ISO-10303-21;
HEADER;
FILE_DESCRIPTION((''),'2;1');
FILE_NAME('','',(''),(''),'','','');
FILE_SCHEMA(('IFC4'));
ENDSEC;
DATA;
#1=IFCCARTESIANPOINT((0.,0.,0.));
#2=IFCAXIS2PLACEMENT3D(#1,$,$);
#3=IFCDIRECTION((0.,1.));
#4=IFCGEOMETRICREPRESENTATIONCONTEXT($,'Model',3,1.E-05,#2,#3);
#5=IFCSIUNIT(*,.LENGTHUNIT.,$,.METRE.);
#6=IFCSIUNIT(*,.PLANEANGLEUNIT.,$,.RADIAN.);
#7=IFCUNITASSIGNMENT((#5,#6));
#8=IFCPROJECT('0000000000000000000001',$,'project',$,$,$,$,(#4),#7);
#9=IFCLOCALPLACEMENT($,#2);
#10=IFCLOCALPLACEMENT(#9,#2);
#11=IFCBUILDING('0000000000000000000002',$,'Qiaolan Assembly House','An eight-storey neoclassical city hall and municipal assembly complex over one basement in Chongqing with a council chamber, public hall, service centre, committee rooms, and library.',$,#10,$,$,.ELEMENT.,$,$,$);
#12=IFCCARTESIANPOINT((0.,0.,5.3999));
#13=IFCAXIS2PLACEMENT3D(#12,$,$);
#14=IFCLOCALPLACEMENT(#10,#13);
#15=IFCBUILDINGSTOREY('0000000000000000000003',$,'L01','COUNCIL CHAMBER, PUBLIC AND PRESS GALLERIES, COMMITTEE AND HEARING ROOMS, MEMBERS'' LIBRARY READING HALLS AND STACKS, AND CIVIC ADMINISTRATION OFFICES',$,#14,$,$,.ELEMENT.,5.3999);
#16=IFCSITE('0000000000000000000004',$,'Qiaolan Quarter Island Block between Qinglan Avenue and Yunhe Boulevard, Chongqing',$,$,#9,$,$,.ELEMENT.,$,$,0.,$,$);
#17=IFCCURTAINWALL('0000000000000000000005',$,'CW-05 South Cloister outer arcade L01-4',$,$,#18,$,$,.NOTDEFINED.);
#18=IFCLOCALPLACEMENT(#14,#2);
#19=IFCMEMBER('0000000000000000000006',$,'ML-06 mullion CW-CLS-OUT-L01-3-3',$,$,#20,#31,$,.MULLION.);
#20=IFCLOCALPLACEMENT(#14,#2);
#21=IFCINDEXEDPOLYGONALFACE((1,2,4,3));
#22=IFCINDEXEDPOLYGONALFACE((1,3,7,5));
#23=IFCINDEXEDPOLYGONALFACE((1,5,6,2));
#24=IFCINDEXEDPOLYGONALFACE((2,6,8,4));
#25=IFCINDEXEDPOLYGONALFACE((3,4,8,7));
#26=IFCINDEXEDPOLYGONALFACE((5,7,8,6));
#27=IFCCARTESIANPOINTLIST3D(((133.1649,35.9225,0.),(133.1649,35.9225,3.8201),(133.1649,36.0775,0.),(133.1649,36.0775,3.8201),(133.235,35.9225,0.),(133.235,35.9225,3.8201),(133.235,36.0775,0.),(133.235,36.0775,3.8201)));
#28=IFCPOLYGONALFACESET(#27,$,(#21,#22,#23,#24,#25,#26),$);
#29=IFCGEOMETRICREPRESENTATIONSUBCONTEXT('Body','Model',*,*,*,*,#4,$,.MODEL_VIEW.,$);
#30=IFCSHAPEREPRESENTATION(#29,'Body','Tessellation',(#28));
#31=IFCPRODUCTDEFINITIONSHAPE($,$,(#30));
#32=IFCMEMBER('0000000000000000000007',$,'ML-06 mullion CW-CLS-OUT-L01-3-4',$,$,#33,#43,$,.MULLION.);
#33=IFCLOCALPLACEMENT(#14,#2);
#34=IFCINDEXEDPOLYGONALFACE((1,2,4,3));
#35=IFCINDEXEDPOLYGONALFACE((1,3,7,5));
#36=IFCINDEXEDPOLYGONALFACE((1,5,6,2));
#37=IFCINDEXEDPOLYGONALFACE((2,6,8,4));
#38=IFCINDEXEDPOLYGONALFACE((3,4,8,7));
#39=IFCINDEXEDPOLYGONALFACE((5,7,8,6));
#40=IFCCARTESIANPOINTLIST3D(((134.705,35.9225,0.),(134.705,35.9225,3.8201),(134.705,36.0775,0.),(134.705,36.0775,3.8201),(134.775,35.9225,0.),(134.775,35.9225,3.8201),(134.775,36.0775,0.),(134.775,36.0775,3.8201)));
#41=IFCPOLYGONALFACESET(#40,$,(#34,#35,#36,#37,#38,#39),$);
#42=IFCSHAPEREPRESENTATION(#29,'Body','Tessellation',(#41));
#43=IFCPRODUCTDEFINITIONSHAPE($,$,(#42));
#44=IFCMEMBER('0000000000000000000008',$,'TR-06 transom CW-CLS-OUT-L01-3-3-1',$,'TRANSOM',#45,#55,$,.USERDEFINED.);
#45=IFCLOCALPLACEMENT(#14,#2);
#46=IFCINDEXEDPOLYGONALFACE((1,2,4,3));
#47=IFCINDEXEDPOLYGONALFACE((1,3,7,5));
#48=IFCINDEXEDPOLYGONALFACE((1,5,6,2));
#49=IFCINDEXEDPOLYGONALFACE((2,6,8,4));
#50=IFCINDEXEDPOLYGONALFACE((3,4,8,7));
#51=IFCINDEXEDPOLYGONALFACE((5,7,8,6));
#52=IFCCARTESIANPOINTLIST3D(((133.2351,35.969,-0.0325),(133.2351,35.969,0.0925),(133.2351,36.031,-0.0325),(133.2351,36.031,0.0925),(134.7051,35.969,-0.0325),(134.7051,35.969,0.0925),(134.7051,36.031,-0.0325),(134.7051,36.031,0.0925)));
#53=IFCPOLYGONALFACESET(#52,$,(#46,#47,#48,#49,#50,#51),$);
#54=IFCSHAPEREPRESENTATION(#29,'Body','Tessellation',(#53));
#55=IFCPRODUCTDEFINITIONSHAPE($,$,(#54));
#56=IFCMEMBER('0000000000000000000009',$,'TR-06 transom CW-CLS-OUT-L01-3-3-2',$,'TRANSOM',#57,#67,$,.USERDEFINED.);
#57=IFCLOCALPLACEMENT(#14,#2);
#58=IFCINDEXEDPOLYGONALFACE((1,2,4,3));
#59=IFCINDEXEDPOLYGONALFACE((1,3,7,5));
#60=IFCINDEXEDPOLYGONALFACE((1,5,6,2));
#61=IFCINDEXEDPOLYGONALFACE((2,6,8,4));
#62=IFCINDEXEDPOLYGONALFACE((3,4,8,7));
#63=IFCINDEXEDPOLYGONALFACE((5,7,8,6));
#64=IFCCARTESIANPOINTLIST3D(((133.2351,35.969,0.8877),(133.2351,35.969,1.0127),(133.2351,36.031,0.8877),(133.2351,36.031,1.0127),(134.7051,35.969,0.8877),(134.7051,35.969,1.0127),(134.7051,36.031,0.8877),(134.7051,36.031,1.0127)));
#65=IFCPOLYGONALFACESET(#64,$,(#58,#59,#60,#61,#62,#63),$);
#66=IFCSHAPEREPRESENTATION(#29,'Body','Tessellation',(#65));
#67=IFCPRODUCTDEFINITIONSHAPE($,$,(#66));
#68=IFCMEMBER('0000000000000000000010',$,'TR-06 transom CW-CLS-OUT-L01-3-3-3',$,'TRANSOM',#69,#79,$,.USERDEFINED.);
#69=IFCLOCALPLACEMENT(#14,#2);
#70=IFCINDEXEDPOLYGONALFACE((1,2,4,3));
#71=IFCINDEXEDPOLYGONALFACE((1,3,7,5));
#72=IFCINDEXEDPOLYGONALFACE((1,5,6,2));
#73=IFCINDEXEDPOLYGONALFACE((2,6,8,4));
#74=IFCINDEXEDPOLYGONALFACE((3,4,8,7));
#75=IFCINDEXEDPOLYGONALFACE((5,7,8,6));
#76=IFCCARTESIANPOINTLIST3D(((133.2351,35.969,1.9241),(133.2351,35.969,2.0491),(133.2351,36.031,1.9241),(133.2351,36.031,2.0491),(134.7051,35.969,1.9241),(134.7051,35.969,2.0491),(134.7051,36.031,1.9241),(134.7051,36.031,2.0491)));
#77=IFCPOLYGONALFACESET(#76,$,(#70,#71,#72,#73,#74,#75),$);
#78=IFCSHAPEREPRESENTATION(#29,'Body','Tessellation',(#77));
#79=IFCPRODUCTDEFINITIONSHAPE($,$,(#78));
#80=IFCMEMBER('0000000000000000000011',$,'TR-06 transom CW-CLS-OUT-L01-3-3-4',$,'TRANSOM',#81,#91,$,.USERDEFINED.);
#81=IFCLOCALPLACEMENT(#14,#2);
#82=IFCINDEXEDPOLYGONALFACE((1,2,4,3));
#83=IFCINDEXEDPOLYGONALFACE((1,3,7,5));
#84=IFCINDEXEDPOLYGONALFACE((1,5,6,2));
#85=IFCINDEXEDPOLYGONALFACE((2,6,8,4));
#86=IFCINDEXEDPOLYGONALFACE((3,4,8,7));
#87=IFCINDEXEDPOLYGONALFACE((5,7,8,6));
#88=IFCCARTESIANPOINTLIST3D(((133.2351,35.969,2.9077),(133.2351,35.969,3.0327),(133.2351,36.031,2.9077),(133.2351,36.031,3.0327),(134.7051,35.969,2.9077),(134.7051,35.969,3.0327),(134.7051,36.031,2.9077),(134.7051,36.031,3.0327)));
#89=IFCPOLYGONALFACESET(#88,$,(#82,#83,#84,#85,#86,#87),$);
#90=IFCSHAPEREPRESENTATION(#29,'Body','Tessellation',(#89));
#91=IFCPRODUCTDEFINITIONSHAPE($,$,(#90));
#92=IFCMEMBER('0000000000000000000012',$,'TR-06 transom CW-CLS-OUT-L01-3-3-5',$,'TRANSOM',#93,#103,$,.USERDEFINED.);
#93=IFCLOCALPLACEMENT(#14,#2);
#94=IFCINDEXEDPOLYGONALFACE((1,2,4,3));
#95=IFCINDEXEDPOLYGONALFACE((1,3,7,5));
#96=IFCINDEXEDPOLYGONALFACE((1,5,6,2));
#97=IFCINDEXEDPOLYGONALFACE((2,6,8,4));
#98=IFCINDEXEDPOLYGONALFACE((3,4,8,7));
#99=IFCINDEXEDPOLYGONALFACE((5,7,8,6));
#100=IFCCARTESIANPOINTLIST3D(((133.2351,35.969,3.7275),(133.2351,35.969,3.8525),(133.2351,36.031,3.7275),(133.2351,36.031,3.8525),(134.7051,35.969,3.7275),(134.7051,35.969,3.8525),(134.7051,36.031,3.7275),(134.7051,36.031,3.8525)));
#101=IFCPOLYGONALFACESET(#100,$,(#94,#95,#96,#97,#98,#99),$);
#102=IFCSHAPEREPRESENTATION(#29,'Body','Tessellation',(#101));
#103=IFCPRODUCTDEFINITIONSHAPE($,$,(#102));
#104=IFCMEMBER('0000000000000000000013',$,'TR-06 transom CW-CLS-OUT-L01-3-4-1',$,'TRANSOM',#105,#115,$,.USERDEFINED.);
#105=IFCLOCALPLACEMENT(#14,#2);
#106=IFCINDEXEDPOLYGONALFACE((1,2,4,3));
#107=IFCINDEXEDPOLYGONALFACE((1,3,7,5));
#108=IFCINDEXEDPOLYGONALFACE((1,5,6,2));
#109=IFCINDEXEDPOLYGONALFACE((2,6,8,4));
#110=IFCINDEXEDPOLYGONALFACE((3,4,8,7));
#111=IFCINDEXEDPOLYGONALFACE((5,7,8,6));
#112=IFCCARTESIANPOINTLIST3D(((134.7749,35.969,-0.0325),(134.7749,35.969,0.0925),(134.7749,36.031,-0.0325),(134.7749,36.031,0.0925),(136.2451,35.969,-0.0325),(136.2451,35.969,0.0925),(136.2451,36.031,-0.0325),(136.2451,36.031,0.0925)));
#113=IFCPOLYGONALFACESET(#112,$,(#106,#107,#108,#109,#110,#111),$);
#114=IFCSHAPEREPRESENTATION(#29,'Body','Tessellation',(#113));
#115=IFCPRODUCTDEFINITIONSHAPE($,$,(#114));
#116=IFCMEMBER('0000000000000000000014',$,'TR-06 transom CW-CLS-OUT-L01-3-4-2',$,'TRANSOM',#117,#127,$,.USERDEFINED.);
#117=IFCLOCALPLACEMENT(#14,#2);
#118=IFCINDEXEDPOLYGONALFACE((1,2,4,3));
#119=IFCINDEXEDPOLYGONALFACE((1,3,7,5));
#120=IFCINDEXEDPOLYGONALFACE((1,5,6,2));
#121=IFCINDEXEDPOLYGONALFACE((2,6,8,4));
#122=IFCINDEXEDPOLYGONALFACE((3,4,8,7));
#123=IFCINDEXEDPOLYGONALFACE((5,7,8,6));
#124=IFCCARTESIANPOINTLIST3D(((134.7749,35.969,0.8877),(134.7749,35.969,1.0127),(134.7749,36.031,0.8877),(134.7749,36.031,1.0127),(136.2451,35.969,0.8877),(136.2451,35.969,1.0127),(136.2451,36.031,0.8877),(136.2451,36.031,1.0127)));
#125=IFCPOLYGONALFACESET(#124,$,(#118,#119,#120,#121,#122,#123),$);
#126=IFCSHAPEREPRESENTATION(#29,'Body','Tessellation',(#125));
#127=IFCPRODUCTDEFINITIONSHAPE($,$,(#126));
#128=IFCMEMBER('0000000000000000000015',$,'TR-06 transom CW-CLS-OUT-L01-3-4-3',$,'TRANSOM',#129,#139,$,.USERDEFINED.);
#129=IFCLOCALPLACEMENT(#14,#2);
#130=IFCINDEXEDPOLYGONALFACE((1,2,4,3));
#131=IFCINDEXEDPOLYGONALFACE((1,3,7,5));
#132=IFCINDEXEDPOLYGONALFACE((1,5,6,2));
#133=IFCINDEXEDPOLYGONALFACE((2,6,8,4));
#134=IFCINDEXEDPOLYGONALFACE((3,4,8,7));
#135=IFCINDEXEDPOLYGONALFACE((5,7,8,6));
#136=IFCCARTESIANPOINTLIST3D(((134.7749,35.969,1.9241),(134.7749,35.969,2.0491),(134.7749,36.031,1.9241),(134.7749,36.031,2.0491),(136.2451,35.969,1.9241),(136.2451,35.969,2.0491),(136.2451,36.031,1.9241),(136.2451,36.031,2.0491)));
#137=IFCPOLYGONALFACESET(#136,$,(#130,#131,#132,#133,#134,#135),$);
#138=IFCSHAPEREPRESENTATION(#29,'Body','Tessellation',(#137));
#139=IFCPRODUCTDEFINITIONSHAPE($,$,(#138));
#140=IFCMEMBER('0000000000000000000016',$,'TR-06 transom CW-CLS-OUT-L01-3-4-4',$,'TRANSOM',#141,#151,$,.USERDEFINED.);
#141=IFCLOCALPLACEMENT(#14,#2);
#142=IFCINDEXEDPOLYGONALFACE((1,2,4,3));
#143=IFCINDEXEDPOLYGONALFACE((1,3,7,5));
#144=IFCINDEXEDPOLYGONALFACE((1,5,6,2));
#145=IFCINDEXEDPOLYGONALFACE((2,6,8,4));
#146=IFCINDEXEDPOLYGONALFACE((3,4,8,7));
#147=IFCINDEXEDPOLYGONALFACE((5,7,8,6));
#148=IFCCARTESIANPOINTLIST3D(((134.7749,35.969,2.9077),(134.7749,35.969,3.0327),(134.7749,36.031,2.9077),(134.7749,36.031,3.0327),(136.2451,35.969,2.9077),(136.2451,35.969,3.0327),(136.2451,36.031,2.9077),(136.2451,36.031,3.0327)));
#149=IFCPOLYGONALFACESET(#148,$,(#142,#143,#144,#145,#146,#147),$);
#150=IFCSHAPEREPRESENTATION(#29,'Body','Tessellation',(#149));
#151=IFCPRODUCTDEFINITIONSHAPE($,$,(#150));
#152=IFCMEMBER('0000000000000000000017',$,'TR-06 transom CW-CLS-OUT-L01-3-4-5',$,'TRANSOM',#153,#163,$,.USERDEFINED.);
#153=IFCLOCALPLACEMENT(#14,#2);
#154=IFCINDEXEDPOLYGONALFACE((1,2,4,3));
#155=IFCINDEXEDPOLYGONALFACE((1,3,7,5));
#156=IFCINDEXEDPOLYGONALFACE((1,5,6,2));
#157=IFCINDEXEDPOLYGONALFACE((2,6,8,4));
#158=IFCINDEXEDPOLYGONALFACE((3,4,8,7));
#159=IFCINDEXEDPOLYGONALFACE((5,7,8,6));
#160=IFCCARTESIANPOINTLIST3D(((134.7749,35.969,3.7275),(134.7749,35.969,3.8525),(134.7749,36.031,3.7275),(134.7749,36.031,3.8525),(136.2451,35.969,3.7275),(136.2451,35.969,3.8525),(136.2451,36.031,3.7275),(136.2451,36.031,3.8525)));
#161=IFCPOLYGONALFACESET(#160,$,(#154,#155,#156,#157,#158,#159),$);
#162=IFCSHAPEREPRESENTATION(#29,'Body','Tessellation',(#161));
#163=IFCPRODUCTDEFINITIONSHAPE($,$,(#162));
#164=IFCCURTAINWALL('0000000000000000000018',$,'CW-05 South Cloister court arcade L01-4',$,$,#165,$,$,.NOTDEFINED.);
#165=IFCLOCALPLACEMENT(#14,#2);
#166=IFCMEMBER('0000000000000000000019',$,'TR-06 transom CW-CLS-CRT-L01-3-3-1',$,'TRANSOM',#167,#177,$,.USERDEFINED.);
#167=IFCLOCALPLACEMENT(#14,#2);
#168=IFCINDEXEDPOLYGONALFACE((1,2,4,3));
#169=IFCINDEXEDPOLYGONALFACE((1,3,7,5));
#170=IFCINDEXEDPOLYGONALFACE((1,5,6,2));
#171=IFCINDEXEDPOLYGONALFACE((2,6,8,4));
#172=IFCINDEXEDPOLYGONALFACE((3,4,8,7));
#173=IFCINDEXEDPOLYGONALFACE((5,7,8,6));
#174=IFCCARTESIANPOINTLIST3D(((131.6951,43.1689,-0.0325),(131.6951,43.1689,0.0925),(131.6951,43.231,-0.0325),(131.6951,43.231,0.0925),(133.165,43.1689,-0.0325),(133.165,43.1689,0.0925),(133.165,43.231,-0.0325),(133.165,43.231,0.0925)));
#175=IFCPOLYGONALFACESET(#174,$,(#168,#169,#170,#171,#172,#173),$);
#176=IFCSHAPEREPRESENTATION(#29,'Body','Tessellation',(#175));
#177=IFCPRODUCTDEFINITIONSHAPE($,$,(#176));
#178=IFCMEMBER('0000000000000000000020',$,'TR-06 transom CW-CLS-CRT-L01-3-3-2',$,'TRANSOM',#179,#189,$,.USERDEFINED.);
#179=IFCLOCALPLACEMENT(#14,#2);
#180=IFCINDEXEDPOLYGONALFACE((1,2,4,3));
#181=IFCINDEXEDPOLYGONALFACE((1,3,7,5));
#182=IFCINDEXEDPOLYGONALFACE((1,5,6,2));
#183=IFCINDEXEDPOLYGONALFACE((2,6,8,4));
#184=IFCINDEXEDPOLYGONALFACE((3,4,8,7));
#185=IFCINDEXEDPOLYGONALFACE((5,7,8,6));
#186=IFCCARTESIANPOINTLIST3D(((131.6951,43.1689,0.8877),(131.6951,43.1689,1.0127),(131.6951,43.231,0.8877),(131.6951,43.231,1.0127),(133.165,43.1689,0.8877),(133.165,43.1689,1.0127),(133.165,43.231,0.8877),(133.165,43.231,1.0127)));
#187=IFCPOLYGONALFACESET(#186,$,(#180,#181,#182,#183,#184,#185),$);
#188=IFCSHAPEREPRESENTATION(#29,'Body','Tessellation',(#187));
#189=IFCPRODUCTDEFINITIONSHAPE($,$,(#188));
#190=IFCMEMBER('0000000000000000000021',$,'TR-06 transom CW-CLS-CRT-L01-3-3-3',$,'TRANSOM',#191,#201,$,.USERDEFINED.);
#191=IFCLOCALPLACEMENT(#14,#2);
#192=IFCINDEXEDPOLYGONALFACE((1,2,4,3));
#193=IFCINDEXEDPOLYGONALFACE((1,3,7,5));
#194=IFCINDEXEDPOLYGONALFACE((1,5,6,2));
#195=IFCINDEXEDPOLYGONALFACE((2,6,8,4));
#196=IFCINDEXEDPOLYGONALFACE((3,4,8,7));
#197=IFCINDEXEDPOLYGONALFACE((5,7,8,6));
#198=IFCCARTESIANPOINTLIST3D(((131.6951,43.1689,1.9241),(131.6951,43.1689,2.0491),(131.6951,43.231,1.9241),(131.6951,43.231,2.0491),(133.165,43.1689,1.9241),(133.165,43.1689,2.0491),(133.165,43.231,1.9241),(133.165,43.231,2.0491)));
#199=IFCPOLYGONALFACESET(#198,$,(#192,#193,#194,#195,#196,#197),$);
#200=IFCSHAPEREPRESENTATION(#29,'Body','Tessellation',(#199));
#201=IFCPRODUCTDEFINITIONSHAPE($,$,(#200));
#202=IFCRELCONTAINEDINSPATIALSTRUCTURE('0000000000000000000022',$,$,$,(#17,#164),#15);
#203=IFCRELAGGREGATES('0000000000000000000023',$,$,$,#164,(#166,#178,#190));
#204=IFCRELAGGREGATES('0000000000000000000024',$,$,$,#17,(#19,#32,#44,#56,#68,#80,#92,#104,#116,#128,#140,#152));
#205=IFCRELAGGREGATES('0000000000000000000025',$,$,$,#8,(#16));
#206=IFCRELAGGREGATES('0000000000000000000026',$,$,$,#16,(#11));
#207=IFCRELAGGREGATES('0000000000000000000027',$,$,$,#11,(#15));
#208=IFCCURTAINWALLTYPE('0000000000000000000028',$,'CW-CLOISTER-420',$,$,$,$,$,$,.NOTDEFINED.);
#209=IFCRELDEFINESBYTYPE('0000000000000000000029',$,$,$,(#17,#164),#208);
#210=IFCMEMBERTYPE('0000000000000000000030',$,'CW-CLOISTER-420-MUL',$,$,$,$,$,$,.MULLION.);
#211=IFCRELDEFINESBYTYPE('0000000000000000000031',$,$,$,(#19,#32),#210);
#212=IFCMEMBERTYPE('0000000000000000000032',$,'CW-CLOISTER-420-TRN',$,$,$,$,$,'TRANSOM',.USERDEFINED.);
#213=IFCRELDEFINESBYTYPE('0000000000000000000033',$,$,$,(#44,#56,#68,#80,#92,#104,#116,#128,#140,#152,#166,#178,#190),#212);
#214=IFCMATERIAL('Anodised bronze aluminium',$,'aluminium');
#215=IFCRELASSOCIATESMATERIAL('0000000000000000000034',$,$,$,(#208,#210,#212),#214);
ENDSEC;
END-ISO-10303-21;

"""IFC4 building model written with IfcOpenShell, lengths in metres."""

from ifc_helpers import new_model, si_unit, direction, frame, origin, origin_2d, place, context, subcontext, project, spatial, rectangle, extrude, material, material_profile, profile_set, type_object, element, aggregate, save


model = new_model("IFC4")

# Units and contexts
model_context = context("Model", 3, precision=1e-05, world=origin(), true_north=direction((0.0, 1.0)))
body_context = subcontext(model_context, "Body", "Model", "MODEL_VIEW")
ifc_project = project(units=[si_unit("LENGTHUNIT", "METRE"), si_unit("PLANEANGLEUNIT", "RADIAN")], contexts=[model_context])

# Site, building, storey
site_placement = place(None, origin())
site = spatial("IfcSite", under=ifc_project, at=site_placement, Name="Qiaolan Quarter Island Block between Qinglan Avenue and Yunhe Boulevard, Chongqing", CompositionType="ELEMENT", RefElevation=0.0)
building_placement = place(site_placement, origin())
building = spatial("IfcBuilding", under=site, at=building_placement, Name="Qiaolan Assembly House", Description="An eight-storey neoclassical city hall and municipal assembly complex over one basement in Chongqing with a council chamber, public hall, service centre, committee rooms, and library.", CompositionType="ELEMENT")
storey_placement = place(building_placement, frame((0.0, 0.0, 5.3999)))
storey = spatial("IfcBuildingStorey", under=building, at=storey_placement, Name="L01", Description="COUNCIL CHAMBER, PUBLIC AND PRESS GALLERIES, COMMITTEE AND HEARING ROOMS, MEMBERS' LIBRARY READING HALLS AND STACKS, AND CIVIC ADMINISTRATION OFFICES", CompositionType="ELEMENT", Elevation=5.3999)

# Curtain walls, members
ifc_material_1 = material(Name="Anodised bronze aluminium", Category="aluminium")
curtain_wall_type = type_object("IfcCurtainWallType", Name="CW-CLOISTER-420", PredefinedType="NOTDEFINED", material=ifc_material_1)
curtain_wall_1_placement = place(storey_placement, origin())
curtain_wall_1 = element("IfcCurtainWall", 1, at=curtain_wall_1_placement, inside=storey, type_object=curtain_wall_type, Name="CW-05 South Cloister outer arcade L01-4", PredefinedType="NOTDEFINED")
ifc_material_profile_1 = material_profile(ifc_material_1, rectangle(XDim=0.0701, YDim=0.155, at=origin_2d()), Name="MUL 70x155")
ifc_profile_set_1 = profile_set([ifc_material_profile_1], Name="Anodised bronze aluminium")
member_type_1 = type_object("IfcMemberType", Name="CW-CLOISTER-420-MUL", PredefinedType="MULLION", material=ifc_profile_set_1)
member_1_placement = place(storey_placement, frame((133.2, 36.0, 0.0), z_axis=(0.0, 0.0, 1.0), x_axis=(1.0, 0.0, 0.0)))
member_1 = element("IfcMember", 2, at=member_1_placement, type_object=member_type_1, Name="ML-06 mullion CW-CLS-OUT-L01-3-3", PredefinedType="MULLION", context=body_context, shape_type="SweptSolid", body=[
    extrude(rectangle(XDim=0.0701, YDim=0.155, at=origin_2d()), origin(), (0.0, 0.0, 1.0), 3.8201),
])
member_2_placement = place(storey_placement, frame((134.74, 36.0, 0.0), z_axis=(0.0, 0.0, 1.0), x_axis=(1.0, 0.0, 0.0)))
member_2 = element("IfcMember", 3, at=member_2_placement, type_object=member_type_1, Name="ML-06 mullion CW-CLS-OUT-L01-3-4", PredefinedType="MULLION", context=body_context, shape_type="SweptSolid", body=[
    extrude(rectangle(XDim=0.0701, YDim=0.155, at=origin_2d()), origin(), (0.0, 0.0, 1.0), 3.8201),
])
ifc_material_profile_2 = material_profile(ifc_material_1, rectangle(XDim=0.062, YDim=0.125, at=origin_2d()), Name="TRN 62x125")
ifc_profile_set_2 = profile_set([ifc_material_profile_2], Name="Anodised bronze aluminium")
member_type_2 = type_object("IfcMemberType", Name="CW-CLOISTER-420-TRN", ElementType="TRANSOM", PredefinedType="USERDEFINED", material=ifc_profile_set_2)
member_3_placement = place(storey_placement, frame((133.2351, 36.0, 0.03), z_axis=(1.0, 0.0, 0.0), x_axis=(0.0, 1.0, 0.0)))
member_3 = element("IfcMember", 4, at=member_3_placement, type_object=member_type_2, Name="TR-06 transom CW-CLS-OUT-L01-3-3-1", ObjectType="TRANSOM", PredefinedType="USERDEFINED", context=body_context, shape_type="SweptSolid", body=[
    extrude(rectangle(XDim=0.062, YDim=0.125, at=origin_2d()), origin(), (0.0, 0.0, 1.0), 1.47),
])
member_4_placement = place(storey_placement, frame((133.2351, 36.0, 0.9502), z_axis=(1.0, 0.0, 0.0), x_axis=(0.0, 1.0, 0.0)))
member_4 = element("IfcMember", 5, at=member_4_placement, type_object=member_type_2, Name="TR-06 transom CW-CLS-OUT-L01-3-3-2", ObjectType="TRANSOM", PredefinedType="USERDEFINED", context=body_context, shape_type="SweptSolid", body=[
    extrude(rectangle(XDim=0.062, YDim=0.125, at=origin_2d()), origin(), (0.0, 0.0, 1.0), 1.47),
])
member_5_placement = place(storey_placement, frame((133.2351, 36.0, 1.9866), z_axis=(1.0, 0.0, 0.0), x_axis=(0.0, 1.0, 0.0)))
member_5 = element("IfcMember", 6, at=member_5_placement, type_object=member_type_2, Name="TR-06 transom CW-CLS-OUT-L01-3-3-3", ObjectType="TRANSOM", PredefinedType="USERDEFINED", context=body_context, shape_type="SweptSolid", body=[
    extrude(rectangle(XDim=0.062, YDim=0.125, at=origin_2d()), origin(), (0.0, 0.0, 1.0), 1.47),
])
member_6_placement = place(storey_placement, frame((133.2351, 36.0, 2.9702), z_axis=(1.0, 0.0, 0.0), x_axis=(0.0, 1.0, 0.0)))
member_6 = element("IfcMember", 7, at=member_6_placement, type_object=member_type_2, Name="TR-06 transom CW-CLS-OUT-L01-3-3-4", ObjectType="TRANSOM", PredefinedType="USERDEFINED", context=body_context, shape_type="SweptSolid", body=[
    extrude(rectangle(XDim=0.062, YDim=0.125, at=origin_2d()), origin(), (0.0, 0.0, 1.0), 1.47),
])
member_7_placement = place(storey_placement, frame((133.2351, 36.0, 3.79), z_axis=(1.0, 0.0, 0.0), x_axis=(0.0, 1.0, 0.0)))
member_7 = element("IfcMember", 8, at=member_7_placement, type_object=member_type_2, Name="TR-06 transom CW-CLS-OUT-L01-3-3-5", ObjectType="TRANSOM", PredefinedType="USERDEFINED", context=body_context, shape_type="SweptSolid", body=[
    extrude(rectangle(XDim=0.062, YDim=0.125, at=origin_2d()), origin(), (0.0, 0.0, 1.0), 1.47),
])
member_8_placement = place(storey_placement, frame((134.7749, 36.0, 0.03), z_axis=(1.0, 0.0, 0.0), x_axis=(0.0, 1.0, 0.0)))
member_8 = element("IfcMember", 9, at=member_8_placement, type_object=member_type_2, Name="TR-06 transom CW-CLS-OUT-L01-3-4-1", ObjectType="TRANSOM", PredefinedType="USERDEFINED", context=body_context, shape_type="SweptSolid", body=[
    extrude(rectangle(XDim=0.062, YDim=0.125, at=origin_2d()), origin(), (0.0, 0.0, 1.0), 1.4702),
])
member_9_placement = place(storey_placement, frame((134.7749, 36.0, 0.9502), z_axis=(1.0, 0.0, 0.0), x_axis=(0.0, 1.0, 0.0)))
member_9 = element("IfcMember", 10, at=member_9_placement, type_object=member_type_2, Name="TR-06 transom CW-CLS-OUT-L01-3-4-2", ObjectType="TRANSOM", PredefinedType="USERDEFINED", context=body_context, shape_type="SweptSolid", body=[
    extrude(rectangle(XDim=0.062, YDim=0.125, at=origin_2d()), origin(), (0.0, 0.0, 1.0), 1.4702),
])
member_10_placement = place(storey_placement, frame((134.7749, 36.0, 1.9866), z_axis=(1.0, 0.0, 0.0), x_axis=(0.0, 1.0, 0.0)))
member_10 = element("IfcMember", 11, at=member_10_placement, type_object=member_type_2, Name="TR-06 transom CW-CLS-OUT-L01-3-4-3", ObjectType="TRANSOM", PredefinedType="USERDEFINED", context=body_context, shape_type="SweptSolid", body=[
    extrude(rectangle(XDim=0.062, YDim=0.125, at=origin_2d()), origin(), (0.0, 0.0, 1.0), 1.4702),
])
member_11_placement = place(storey_placement, frame((134.7749, 36.0, 2.9702), z_axis=(1.0, 0.0, 0.0), x_axis=(0.0, 1.0, 0.0)))
member_11 = element("IfcMember", 12, at=member_11_placement, type_object=member_type_2, Name="TR-06 transom CW-CLS-OUT-L01-3-4-4", ObjectType="TRANSOM", PredefinedType="USERDEFINED", context=body_context, shape_type="SweptSolid", body=[
    extrude(rectangle(XDim=0.062, YDim=0.125, at=origin_2d()), origin(), (0.0, 0.0, 1.0), 1.4702),
])
member_12_placement = place(storey_placement, frame((134.7749, 36.0, 3.79), z_axis=(1.0, 0.0, 0.0), x_axis=(0.0, 1.0, 0.0)))
member_12 = element("IfcMember", 13, at=member_12_placement, type_object=member_type_2, Name="TR-06 transom CW-CLS-OUT-L01-3-4-5", ObjectType="TRANSOM", PredefinedType="USERDEFINED", context=body_context, shape_type="SweptSolid", body=[
    extrude(rectangle(XDim=0.062, YDim=0.125, at=origin_2d()), origin(), (0.0, 0.0, 1.0), 1.4702),
])
curtain_wall_2_placement = place(storey_placement, origin())
curtain_wall_2 = element("IfcCurtainWall", 14, at=curtain_wall_2_placement, inside=storey, type_object=curtain_wall_type, Name="CW-05 South Cloister court arcade L01-4", PredefinedType="NOTDEFINED")
member_13_placement = place(storey_placement, frame((133.165, 43.2, 0.03), z_axis=(-1.0, 0.0, 0.0), x_axis=(0.0, -1.0, 0.0)))
member_13 = element("IfcMember", 15, at=member_13_placement, type_object=member_type_2, Name="TR-06 transom CW-CLS-CRT-L01-3-3-1", ObjectType="TRANSOM", PredefinedType="USERDEFINED", context=body_context, shape_type="SweptSolid", body=[
    extrude(rectangle(XDim=0.062, YDim=0.125, at=origin_2d()), origin(), (0.0, 0.0, 1.0), 1.47),
])
member_14_placement = place(storey_placement, frame((133.165, 43.2, 0.9502), z_axis=(-1.0, 0.0, 0.0), x_axis=(0.0, -1.0, 0.0)))
member_14 = element("IfcMember", 16, at=member_14_placement, type_object=member_type_2, Name="TR-06 transom CW-CLS-CRT-L01-3-3-2", ObjectType="TRANSOM", PredefinedType="USERDEFINED", context=body_context, shape_type="SweptSolid", body=[
    extrude(rectangle(XDim=0.062, YDim=0.125, at=origin_2d()), origin(), (0.0, 0.0, 1.0), 1.47),
])
member_15_placement = place(storey_placement, frame((133.165, 43.2, 1.9866), z_axis=(-1.0, 0.0, 0.0), x_axis=(0.0, -1.0, 0.0)))
member_15 = element("IfcMember", 17, at=member_15_placement, type_object=member_type_2, Name="TR-06 transom CW-CLS-CRT-L01-3-3-3", ObjectType="TRANSOM", PredefinedType="USERDEFINED", context=body_context, shape_type="SweptSolid", body=[
    extrude(rectangle(XDim=0.062, YDim=0.125, at=origin_2d()), origin(), (0.0, 0.0, 1.0), 1.47),
])
aggregate(curtain_wall_2, [member_13, member_14, member_15])

aggregate(curtain_wall_1, [member_1, member_2, member_3, member_4, member_5, member_6, member_7, member_8, member_9, member_10, member_11, member_12])

save(model, "model.ifc")
